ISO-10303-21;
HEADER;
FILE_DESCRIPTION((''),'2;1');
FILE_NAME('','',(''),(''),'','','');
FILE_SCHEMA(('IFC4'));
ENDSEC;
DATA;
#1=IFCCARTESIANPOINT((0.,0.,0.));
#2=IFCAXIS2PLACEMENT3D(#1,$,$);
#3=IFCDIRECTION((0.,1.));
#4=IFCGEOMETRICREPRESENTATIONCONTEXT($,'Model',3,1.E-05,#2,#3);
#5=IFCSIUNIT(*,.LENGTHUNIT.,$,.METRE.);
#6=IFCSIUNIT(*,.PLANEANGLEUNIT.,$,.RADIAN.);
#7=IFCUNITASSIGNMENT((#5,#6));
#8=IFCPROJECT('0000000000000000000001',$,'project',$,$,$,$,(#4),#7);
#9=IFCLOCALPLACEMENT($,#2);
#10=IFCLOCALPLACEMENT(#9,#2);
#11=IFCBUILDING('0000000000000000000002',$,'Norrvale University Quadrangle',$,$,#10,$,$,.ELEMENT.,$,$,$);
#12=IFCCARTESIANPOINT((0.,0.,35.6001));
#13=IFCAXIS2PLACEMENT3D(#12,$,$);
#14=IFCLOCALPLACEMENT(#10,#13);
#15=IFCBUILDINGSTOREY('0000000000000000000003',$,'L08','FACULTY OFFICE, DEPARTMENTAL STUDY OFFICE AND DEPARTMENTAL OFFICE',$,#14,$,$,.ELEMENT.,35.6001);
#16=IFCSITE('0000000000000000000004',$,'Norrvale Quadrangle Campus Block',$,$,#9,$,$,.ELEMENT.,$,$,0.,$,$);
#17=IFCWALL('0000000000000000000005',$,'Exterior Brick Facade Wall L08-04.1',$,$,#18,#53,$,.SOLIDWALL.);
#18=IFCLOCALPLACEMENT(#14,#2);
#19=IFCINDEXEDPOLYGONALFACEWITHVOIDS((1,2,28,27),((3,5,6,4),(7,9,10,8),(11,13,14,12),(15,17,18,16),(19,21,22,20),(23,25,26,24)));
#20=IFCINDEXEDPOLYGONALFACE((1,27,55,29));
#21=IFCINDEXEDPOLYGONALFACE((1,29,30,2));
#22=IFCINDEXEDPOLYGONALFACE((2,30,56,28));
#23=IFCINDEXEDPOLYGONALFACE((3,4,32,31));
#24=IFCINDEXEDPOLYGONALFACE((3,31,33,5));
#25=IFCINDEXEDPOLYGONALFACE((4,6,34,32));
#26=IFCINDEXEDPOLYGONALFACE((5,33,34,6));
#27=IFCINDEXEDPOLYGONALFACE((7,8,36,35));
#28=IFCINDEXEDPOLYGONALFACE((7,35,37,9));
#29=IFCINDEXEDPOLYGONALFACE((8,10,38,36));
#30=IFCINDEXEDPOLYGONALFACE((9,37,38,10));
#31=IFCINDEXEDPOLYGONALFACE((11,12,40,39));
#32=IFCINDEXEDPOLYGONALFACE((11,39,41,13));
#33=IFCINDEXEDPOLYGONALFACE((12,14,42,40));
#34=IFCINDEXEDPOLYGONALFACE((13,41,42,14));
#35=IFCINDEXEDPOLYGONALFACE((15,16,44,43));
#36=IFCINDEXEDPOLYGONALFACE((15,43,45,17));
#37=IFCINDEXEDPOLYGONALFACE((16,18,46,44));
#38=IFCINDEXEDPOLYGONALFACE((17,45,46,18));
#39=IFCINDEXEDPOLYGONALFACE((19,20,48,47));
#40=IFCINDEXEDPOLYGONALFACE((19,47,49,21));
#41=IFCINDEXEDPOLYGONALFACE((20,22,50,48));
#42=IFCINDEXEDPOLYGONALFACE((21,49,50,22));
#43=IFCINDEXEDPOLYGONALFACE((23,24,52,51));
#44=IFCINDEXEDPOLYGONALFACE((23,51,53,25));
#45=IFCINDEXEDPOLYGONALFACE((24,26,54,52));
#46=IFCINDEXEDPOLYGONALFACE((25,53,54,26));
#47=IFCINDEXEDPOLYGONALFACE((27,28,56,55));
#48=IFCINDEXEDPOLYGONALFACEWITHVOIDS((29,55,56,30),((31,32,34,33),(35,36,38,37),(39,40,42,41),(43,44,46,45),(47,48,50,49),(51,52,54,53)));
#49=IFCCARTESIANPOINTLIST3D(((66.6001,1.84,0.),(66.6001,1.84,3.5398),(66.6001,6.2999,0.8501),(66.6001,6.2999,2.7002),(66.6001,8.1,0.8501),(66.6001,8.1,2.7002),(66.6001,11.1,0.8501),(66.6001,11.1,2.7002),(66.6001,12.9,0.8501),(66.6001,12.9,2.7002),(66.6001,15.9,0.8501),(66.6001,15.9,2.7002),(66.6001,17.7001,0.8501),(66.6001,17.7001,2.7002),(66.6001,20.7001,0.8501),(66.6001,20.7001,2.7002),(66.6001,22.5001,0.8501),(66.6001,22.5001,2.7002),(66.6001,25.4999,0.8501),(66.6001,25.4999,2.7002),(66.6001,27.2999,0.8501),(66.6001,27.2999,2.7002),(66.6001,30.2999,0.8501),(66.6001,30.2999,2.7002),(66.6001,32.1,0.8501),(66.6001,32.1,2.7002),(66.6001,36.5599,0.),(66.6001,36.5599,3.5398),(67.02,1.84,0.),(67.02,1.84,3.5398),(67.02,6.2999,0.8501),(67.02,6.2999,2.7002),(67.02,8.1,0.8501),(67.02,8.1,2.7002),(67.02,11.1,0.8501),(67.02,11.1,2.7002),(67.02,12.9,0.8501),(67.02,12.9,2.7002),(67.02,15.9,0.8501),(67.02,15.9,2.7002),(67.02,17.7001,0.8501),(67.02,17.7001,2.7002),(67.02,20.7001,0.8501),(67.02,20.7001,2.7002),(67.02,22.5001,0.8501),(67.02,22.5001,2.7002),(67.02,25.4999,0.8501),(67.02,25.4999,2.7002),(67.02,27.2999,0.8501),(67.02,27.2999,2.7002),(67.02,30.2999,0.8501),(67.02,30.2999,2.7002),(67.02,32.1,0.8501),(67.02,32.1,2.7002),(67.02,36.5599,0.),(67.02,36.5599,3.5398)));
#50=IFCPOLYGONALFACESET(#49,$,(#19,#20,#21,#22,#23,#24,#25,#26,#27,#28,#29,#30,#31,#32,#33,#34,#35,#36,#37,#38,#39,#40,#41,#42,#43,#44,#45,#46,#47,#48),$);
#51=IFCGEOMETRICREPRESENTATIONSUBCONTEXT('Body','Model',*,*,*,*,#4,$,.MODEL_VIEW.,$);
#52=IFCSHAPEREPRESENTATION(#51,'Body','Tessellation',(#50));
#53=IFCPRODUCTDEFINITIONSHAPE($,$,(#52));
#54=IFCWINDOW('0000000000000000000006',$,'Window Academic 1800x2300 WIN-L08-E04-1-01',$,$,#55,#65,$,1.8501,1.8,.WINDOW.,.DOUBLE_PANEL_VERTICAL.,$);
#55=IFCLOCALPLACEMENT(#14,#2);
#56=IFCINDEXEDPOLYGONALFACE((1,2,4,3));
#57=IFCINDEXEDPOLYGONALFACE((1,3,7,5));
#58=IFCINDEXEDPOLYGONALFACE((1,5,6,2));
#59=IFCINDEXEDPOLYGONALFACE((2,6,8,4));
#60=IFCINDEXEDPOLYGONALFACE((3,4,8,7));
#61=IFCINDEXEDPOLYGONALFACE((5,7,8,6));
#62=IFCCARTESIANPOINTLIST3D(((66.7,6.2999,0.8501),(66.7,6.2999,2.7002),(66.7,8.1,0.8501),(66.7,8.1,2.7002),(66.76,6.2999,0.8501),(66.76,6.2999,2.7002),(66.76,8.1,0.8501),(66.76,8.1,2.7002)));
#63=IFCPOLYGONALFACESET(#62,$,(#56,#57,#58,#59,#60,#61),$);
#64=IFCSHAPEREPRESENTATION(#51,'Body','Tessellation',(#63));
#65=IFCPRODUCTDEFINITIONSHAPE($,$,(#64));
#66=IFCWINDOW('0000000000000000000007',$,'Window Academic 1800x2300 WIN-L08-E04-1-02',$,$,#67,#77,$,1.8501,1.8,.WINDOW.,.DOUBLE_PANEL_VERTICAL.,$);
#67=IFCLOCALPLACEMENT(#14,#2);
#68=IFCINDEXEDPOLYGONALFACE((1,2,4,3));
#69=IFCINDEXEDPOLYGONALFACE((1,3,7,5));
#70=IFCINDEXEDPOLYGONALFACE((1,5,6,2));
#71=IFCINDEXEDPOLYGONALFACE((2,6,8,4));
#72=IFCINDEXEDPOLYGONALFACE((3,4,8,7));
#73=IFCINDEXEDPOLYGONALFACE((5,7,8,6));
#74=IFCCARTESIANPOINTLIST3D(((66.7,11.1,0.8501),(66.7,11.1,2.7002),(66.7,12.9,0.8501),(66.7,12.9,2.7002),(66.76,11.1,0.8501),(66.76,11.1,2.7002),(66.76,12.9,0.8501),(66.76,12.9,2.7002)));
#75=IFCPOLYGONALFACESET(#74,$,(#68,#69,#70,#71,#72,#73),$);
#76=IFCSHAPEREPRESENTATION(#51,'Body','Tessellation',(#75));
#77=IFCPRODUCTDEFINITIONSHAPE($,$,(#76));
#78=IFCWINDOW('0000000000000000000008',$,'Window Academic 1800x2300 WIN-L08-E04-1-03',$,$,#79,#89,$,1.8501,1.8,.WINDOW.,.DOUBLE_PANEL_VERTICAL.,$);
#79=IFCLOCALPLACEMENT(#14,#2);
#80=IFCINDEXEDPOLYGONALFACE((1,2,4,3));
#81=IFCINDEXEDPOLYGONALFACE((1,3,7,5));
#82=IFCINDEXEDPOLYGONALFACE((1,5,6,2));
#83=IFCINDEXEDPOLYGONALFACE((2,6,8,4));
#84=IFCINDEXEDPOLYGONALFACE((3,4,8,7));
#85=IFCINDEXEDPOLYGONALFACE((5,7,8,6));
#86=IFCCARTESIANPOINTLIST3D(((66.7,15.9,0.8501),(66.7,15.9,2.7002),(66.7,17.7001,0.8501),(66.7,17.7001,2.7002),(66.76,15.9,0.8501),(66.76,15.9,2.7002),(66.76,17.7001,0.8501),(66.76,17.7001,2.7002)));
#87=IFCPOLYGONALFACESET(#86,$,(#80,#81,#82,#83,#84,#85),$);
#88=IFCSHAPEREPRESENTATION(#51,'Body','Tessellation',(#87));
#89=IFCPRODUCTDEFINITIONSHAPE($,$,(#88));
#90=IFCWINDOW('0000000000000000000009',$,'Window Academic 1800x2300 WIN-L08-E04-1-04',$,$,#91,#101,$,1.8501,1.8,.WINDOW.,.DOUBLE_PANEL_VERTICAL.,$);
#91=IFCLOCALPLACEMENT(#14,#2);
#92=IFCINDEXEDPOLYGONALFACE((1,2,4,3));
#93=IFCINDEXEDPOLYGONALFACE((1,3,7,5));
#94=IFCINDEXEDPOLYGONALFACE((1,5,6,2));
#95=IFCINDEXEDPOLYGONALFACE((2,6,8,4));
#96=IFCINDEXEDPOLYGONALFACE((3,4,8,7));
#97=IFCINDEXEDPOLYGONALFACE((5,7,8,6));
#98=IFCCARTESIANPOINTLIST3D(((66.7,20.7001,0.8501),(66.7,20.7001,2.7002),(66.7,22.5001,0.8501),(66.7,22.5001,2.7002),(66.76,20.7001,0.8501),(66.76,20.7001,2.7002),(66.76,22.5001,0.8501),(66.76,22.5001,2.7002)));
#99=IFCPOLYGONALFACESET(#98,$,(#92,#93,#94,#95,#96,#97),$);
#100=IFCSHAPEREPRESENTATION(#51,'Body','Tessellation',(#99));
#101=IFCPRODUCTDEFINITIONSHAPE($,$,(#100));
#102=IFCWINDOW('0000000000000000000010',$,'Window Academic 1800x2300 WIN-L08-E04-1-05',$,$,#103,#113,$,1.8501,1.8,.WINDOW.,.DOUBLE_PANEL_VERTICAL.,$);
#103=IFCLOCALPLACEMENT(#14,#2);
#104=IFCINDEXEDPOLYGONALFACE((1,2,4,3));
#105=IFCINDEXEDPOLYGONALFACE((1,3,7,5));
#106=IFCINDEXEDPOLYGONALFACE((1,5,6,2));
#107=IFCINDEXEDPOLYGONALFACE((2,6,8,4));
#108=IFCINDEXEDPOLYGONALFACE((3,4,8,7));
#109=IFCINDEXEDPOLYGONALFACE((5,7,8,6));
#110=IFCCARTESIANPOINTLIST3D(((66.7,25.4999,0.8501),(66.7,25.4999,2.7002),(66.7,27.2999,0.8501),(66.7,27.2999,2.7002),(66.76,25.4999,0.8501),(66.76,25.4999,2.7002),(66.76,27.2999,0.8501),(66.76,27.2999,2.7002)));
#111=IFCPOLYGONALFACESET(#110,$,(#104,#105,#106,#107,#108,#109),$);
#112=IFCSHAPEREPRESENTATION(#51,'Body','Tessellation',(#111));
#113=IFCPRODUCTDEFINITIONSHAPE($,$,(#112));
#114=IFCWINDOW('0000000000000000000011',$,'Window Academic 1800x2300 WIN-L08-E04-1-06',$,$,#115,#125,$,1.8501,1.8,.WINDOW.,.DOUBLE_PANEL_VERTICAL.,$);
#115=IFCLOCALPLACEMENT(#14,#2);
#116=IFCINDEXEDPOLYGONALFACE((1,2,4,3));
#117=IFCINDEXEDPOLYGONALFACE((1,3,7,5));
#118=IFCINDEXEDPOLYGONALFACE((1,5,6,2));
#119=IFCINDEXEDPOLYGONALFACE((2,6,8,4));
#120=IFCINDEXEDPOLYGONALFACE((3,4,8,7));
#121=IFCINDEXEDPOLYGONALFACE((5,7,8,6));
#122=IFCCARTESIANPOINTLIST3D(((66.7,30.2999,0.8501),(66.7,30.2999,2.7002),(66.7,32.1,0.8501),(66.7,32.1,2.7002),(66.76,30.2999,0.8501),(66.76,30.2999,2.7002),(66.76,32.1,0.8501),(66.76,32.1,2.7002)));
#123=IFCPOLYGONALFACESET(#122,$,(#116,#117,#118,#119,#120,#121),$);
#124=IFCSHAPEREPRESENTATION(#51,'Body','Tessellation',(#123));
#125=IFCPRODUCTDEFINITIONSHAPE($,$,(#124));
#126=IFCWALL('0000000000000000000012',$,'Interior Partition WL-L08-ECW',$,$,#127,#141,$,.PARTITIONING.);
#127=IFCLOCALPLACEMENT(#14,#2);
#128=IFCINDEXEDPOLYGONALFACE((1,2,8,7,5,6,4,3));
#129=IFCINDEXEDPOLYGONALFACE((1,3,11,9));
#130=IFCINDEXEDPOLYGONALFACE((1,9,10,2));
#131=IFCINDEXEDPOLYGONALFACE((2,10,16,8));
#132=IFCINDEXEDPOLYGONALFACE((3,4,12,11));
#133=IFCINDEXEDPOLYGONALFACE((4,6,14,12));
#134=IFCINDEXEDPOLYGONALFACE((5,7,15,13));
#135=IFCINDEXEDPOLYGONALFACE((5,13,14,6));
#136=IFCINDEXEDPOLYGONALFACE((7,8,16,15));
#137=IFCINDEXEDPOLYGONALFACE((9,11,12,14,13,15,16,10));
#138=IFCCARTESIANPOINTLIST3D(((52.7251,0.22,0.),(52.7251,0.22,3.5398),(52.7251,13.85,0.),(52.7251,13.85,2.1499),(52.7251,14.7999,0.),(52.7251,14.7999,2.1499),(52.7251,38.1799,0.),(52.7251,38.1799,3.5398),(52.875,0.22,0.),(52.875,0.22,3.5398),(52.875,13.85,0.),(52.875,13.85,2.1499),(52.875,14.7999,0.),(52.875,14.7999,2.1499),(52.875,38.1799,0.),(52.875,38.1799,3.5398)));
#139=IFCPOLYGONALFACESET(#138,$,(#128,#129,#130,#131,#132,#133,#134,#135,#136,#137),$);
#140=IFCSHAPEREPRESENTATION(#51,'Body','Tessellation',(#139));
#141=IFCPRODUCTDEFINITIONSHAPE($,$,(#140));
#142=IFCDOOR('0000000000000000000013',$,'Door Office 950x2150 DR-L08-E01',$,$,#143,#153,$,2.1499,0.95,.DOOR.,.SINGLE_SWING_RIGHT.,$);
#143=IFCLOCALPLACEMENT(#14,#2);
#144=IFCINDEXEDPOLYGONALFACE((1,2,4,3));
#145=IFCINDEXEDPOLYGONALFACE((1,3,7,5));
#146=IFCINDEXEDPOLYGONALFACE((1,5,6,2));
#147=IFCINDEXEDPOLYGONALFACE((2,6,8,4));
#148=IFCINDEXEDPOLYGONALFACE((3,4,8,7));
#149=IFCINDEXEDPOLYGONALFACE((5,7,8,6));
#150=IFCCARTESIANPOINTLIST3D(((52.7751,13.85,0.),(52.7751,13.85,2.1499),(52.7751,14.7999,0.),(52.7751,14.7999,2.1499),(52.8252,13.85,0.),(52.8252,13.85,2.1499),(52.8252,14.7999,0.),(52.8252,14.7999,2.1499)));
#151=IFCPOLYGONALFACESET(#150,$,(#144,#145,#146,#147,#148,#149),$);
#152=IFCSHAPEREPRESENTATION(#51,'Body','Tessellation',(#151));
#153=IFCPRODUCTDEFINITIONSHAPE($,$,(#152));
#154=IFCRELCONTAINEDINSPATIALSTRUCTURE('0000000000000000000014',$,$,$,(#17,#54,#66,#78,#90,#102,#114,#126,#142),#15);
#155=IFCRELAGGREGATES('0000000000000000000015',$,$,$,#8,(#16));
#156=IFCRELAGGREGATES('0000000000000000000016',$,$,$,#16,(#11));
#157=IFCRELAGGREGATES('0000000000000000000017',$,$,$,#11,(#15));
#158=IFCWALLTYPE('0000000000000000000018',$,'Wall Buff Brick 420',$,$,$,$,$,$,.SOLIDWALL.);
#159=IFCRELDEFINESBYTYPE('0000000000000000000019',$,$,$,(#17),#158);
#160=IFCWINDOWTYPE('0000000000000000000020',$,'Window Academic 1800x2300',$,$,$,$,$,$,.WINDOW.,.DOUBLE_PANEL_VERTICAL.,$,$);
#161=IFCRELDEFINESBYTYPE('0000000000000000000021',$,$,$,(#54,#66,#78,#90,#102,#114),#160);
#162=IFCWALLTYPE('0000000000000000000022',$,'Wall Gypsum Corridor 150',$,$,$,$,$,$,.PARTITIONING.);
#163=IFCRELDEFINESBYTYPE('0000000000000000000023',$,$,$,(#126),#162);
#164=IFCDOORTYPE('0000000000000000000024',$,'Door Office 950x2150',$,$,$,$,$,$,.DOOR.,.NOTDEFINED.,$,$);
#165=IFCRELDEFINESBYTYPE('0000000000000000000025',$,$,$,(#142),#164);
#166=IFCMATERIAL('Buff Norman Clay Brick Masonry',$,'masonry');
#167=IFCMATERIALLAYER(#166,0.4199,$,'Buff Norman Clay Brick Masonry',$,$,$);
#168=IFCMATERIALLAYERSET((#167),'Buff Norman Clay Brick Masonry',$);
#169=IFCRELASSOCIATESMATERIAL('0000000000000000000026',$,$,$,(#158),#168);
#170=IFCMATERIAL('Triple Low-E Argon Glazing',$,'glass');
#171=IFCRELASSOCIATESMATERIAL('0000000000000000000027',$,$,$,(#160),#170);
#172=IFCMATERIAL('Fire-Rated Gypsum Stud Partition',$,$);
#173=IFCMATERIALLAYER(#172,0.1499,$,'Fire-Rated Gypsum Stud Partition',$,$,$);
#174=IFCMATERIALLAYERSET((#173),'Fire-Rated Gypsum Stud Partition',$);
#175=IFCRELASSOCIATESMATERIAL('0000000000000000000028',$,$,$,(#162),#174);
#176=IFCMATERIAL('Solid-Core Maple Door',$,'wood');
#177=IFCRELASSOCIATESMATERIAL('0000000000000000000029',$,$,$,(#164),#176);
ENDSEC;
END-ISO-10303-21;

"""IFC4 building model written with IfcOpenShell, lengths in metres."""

from ifc_helpers import new_model, si_unit, direction, frame, frame_2d, origin, place, context, subcontext, project, spatial, rectangle, extrude, material, layer, layer_set, type_object, element, fill, save


model = new_model("IFC4")

# Units and contexts
model_context = context("Model", 3, precision=1e-05, world=origin(), true_north=direction((0.0, 1.0)))
body_context = subcontext(model_context, "Body", "Model", "MODEL_VIEW")
ifc_project = project(units=[si_unit("LENGTHUNIT", "METRE"), si_unit("PLANEANGLEUNIT", "RADIAN")], contexts=[model_context])

# Site, building, storey
site_placement = place(None, origin())
site = spatial("IfcSite", under=ifc_project, at=site_placement, Name="Norrvale Quadrangle Campus Block", CompositionType="ELEMENT", RefElevation=0.0)
building_placement = place(site_placement, origin())
building = spatial("IfcBuilding", under=site, at=building_placement, Name="Norrvale University Quadrangle", CompositionType="ELEMENT")
storey_placement = place(building_placement, frame((0.0, 0.0, 35.6001)))
storey = spatial("IfcBuildingStorey", under=building, at=storey_placement, Name="L08", Description="FACULTY OFFICE, DEPARTMENTAL STUDY OFFICE AND DEPARTMENTAL OFFICE", CompositionType="ELEMENT", Elevation=35.6001)

# Shared definitions
ifc_material_1 = material(Name="Buff Norman Clay Brick Masonry", Category="masonry")
ifc_layer_1 = layer(ifc_material_1, 0.4199, Name="Buff Norman Clay Brick Masonry")
ifc_layer_set_1 = layer_set([ifc_layer_1], Name="Buff Norman Clay Brick Masonry")
wall_type_1 = type_object("IfcWallType", Name="Wall Buff Brick 420", PredefinedType="SOLIDWALL", material=ifc_layer_set_1)

# Wall, openings, windows
wall_1_placement = place(storey_placement, frame((66.8101, 1.8401, 0.0), z_axis=(0.0, 0.0, 1.0), x_axis=(0.0, 1.0, 0.0)))
wall_1 = element("IfcWall", 1, at=wall_1_placement, inside=storey, type_object=wall_type_1, Name="Exterior Brick Facade Wall L08-04.1", PredefinedType="SOLIDWALL", context=body_context, shape_type="SweptSolid", body=[
    extrude(rectangle(XDim=34.72, YDim=0.4199, at=frame_2d((17.3599, 0.0))), origin(), (0.0, 0.0, 1.0), 3.5398),
])
opening_1_placement = place(wall_1_placement, frame((4.46, 0.0, 0.8501)))
opening_1 = element("IfcOpeningElement", 2, at=opening_1_placement, cuts=wall_1, PredefinedType="OPENING", context=body_context, shape_type="SweptSolid", body=[
    extrude(rectangle(XDim=1.8, YDim=1.8501, at=frame_2d((0.8999, 0.925))), frame((0.0, 0.2219, 0.0), z_axis=(0.0, -1.0, 0.0), x_axis=(1.0, 0.0, 0.0)), (0.0, 0.0, 1.0), 0.4438),
])
opening_2_placement = place(wall_1_placement, frame((9.26, 0.0, 0.8501)))
opening_2 = element("IfcOpeningElement", 3, at=opening_2_placement, cuts=wall_1, PredefinedType="OPENING", context=body_context, shape_type="SweptSolid", body=[
    extrude(rectangle(XDim=1.8, YDim=1.8501, at=frame_2d((0.8999, 0.925))), frame((0.0, 0.2219, 0.0), z_axis=(0.0, -1.0, 0.0), x_axis=(1.0, 0.0, 0.0)), (0.0, 0.0, 1.0), 0.4438),
])
opening_3_placement = place(wall_1_placement, frame((14.0601, 0.0, 0.8501)))
opening_3 = element("IfcOpeningElement", 4, at=opening_3_placement, cuts=wall_1, PredefinedType="OPENING", context=body_context, shape_type="SweptSolid", body=[
    extrude(rectangle(XDim=1.8, YDim=1.8501, at=frame_2d((0.8999, 0.925))), frame((0.0, 0.2219, 0.0), z_axis=(0.0, -1.0, 0.0), x_axis=(1.0, 0.0, 0.0)), (0.0, 0.0, 1.0), 0.4438),
])
opening_4_placement = place(wall_1_placement, frame((18.8601, 0.0, 0.8501)))
opening_4 = element("IfcOpeningElement", 5, at=opening_4_placement, cuts=wall_1, PredefinedType="OPENING", context=body_context, shape_type="SweptSolid", body=[
    extrude(rectangle(XDim=1.8, YDim=1.8501, at=frame_2d((0.8999, 0.925))), frame((0.0, 0.2219, 0.0), z_axis=(0.0, -1.0, 0.0), x_axis=(1.0, 0.0, 0.0)), (0.0, 0.0, 1.0), 0.4438),
])
opening_5_placement = place(wall_1_placement, frame((23.6599, 0.0, 0.8501)))
opening_5 = element("IfcOpeningElement", 6, at=opening_5_placement, cuts=wall_1, PredefinedType="OPENING", context=body_context, shape_type="SweptSolid", body=[
    extrude(rectangle(XDim=1.8, YDim=1.8501, at=frame_2d((0.8999, 0.925))), frame((0.0, 0.2219, 0.0), z_axis=(0.0, -1.0, 0.0), x_axis=(1.0, 0.0, 0.0)), (0.0, 0.0, 1.0), 0.4438),
])
opening_6_placement = place(wall_1_placement, frame((28.46, 0.0, 0.8501)))
opening_6 = element("IfcOpeningElement", 7, at=opening_6_placement, cuts=wall_1, PredefinedType="OPENING", context=body_context, shape_type="SweptSolid", body=[
    extrude(rectangle(XDim=1.8, YDim=1.8501, at=frame_2d((0.8999, 0.925))), frame((0.0, 0.2219, 0.0), z_axis=(0.0, -1.0, 0.0), x_axis=(1.0, 0.0, 0.0)), (0.0, 0.0, 1.0), 0.4438),
])
ifc_material_2 = material(Name="Triple Low-E Argon Glazing", Category="glass")
window_type = type_object("IfcWindowType", Name="Window Academic 1800x2300", PartitioningType="DOUBLE_PANEL_VERTICAL", PredefinedType="WINDOW", material=ifc_material_2)
window_1_placement = place(opening_1_placement, origin())
window_1 = element("IfcWindow", 8, at=window_1_placement, inside=storey, type_object=window_type, Name="Window Academic 1800x2300 WIN-L08-E04-1-01", OverallHeight=1.8501, OverallWidth=1.8, PartitioningType="DOUBLE_PANEL_VERTICAL", PredefinedType="WINDOW", context=body_context, shape_type="SweptSolid", body=[
    extrude(rectangle(XDim=1.8, YDim=1.8501, at=frame_2d((0.8999, 0.925))), frame((0.0, 0.1101, 0.0), z_axis=(0.0, -1.0, 0.0), x_axis=(1.0, 0.0, 0.0)), (0.0, 0.0, 1.0), 0.0601),
])
fill(opening_1, window_1)
window_2_placement = place(opening_2_placement, origin())
window_2 = element("IfcWindow", 9, at=window_2_placement, inside=storey, type_object=window_type, Name="Window Academic 1800x2300 WIN-L08-E04-1-02", OverallHeight=1.8501, OverallWidth=1.8, PartitioningType="DOUBLE_PANEL_VERTICAL", PredefinedType="WINDOW", context=body_context, shape_type="SweptSolid", body=[
    extrude(rectangle(XDim=1.8, YDim=1.8501, at=frame_2d((0.8999, 0.925))), frame((0.0, 0.1101, 0.0), z_axis=(0.0, -1.0, 0.0), x_axis=(1.0, 0.0, 0.0)), (0.0, 0.0, 1.0), 0.0601),
])
fill(opening_2, window_2)
window_3_placement = place(opening_3_placement, origin())
window_3 = element("IfcWindow", 10, at=window_3_placement, inside=storey, type_object=window_type, Name="Window Academic 1800x2300 WIN-L08-E04-1-03", OverallHeight=1.8501, OverallWidth=1.8, PartitioningType="DOUBLE_PANEL_VERTICAL", PredefinedType="WINDOW", context=body_context, shape_type="SweptSolid", body=[
    extrude(rectangle(XDim=1.8, YDim=1.8501, at=frame_2d((0.8999, 0.925))), frame((0.0, 0.1101, 0.0), z_axis=(0.0, -1.0, 0.0), x_axis=(1.0, 0.0, 0.0)), (0.0, 0.0, 1.0), 0.0601),
])
fill(opening_3, window_3)
window_4_placement = place(opening_4_placement, origin())
window_4 = element("IfcWindow", 11, at=window_4_placement, inside=storey, type_object=window_type, Name="Window Academic 1800x2300 WIN-L08-E04-1-04", OverallHeight=1.8501, OverallWidth=1.8, PartitioningType="DOUBLE_PANEL_VERTICAL", PredefinedType="WINDOW", context=body_context, shape_type="SweptSolid", body=[
    extrude(rectangle(XDim=1.8, YDim=1.8501, at=frame_2d((0.8999, 0.925))), frame((0.0, 0.1101, 0.0), z_axis=(0.0, -1.0, 0.0), x_axis=(1.0, 0.0, 0.0)), (0.0, 0.0, 1.0), 0.0601),
])
fill(opening_4, window_4)
window_5_placement = place(opening_5_placement, origin())
window_5 = element("IfcWindow", 12, at=window_5_placement, inside=storey, type_object=window_type, Name="Window Academic 1800x2300 WIN-L08-E04-1-05", OverallHeight=1.8501, OverallWidth=1.8, PartitioningType="DOUBLE_PANEL_VERTICAL", PredefinedType="WINDOW", context=body_context, shape_type="SweptSolid", body=[
    extrude(rectangle(XDim=1.8, YDim=1.8501, at=frame_2d((0.8999, 0.925))), frame((0.0, 0.1101, 0.0), z_axis=(0.0, -1.0, 0.0), x_axis=(1.0, 0.0, 0.0)), (0.0, 0.0, 1.0), 0.0601),
])
fill(opening_5, window_5)
window_6_placement = place(opening_6_placement, origin())
window_6 = element("IfcWindow", 13, at=window_6_placement, inside=storey, type_object=window_type, Name="Window Academic 1800x2300 WIN-L08-E04-1-06", OverallHeight=1.8501, OverallWidth=1.8, PartitioningType="DOUBLE_PANEL_VERTICAL", PredefinedType="WINDOW", context=body_context, shape_type="SweptSolid", body=[
    extrude(rectangle(XDim=1.8, YDim=1.8501, at=frame_2d((0.8999, 0.925))), frame((0.0, 0.1101, 0.0), z_axis=(0.0, -1.0, 0.0), x_axis=(1.0, 0.0, 0.0)), (0.0, 0.0, 1.0), 0.0601),
])
fill(opening_6, window_6)

# Wall, opening, door
ifc_material_3 = material(Name="Fire-Rated Gypsum Stud Partition")
ifc_layer_2 = layer(ifc_material_3, 0.1499, Name="Fire-Rated Gypsum Stud Partition")
ifc_layer_set_2 = layer_set([ifc_layer_2], Name="Fire-Rated Gypsum Stud Partition")
wall_type_2 = type_object("IfcWallType", Name="Wall Gypsum Corridor 150", PredefinedType="PARTITIONING", material=ifc_layer_set_2)
wall_2_placement = place(storey_placement, frame((52.8, 0.22, 0.0), z_axis=(0.0, 0.0, 1.0), x_axis=(0.0, 1.0, 0.0)))
wall_2 = element("IfcWall", 14, at=wall_2_placement, inside=storey, type_object=wall_type_2, Name="Interior Partition WL-L08-ECW", PredefinedType="PARTITIONING", context=body_context, shape_type="SweptSolid", body=[
    extrude(rectangle(XDim=37.96, YDim=0.1499, at=frame_2d((18.98, 0.0))), origin(), (0.0, 0.0, 1.0), 3.5398),
])
opening_7_placement = place(wall_2_placement, frame((13.6299, 0.0, 0.0)))
opening_7 = element("IfcOpeningElement", 15, at=opening_7_placement, cuts=wall_2, PredefinedType="OPENING", context=body_context, shape_type="SweptSolid", body=[
    extrude(rectangle(XDim=0.95, YDim=2.1499, at=frame_2d((0.4751, 1.075))), frame((0.0, 0.0869, 0.0), z_axis=(0.0, -1.0, 0.0), x_axis=(1.0, 0.0, 0.0)), (0.0, 0.0, 1.0), 0.1738),
])
ifc_material_4 = material(Name="Solid-Core Maple Door", Category="wood")
door_type = type_object("IfcDoorType", Name="Door Office 950x2150", OperationType="NOTDEFINED", PredefinedType="DOOR", material=ifc_material_4)
door_placement = place(opening_7_placement, origin())
door = element("IfcDoor", 16, at=door_placement, inside=storey, type_object=door_type, Name="Door Office 950x2150 DR-L08-E01", OperationType="SINGLE_SWING_RIGHT", OverallHeight=2.1499, OverallWidth=0.95, PredefinedType="DOOR", context=body_context, shape_type="SweptSolid", body=[
    extrude(rectangle(XDim=0.95, YDim=2.1499, at=frame_2d((0.4751, 1.075))), frame((0.0, 0.0249, 0.0), z_axis=(0.0, -1.0, 0.0), x_axis=(1.0, 0.0, 0.0)), (0.0, 0.0, 1.0), 0.05),
])
fill(opening_7, door)

save(model, "model.ifc")
